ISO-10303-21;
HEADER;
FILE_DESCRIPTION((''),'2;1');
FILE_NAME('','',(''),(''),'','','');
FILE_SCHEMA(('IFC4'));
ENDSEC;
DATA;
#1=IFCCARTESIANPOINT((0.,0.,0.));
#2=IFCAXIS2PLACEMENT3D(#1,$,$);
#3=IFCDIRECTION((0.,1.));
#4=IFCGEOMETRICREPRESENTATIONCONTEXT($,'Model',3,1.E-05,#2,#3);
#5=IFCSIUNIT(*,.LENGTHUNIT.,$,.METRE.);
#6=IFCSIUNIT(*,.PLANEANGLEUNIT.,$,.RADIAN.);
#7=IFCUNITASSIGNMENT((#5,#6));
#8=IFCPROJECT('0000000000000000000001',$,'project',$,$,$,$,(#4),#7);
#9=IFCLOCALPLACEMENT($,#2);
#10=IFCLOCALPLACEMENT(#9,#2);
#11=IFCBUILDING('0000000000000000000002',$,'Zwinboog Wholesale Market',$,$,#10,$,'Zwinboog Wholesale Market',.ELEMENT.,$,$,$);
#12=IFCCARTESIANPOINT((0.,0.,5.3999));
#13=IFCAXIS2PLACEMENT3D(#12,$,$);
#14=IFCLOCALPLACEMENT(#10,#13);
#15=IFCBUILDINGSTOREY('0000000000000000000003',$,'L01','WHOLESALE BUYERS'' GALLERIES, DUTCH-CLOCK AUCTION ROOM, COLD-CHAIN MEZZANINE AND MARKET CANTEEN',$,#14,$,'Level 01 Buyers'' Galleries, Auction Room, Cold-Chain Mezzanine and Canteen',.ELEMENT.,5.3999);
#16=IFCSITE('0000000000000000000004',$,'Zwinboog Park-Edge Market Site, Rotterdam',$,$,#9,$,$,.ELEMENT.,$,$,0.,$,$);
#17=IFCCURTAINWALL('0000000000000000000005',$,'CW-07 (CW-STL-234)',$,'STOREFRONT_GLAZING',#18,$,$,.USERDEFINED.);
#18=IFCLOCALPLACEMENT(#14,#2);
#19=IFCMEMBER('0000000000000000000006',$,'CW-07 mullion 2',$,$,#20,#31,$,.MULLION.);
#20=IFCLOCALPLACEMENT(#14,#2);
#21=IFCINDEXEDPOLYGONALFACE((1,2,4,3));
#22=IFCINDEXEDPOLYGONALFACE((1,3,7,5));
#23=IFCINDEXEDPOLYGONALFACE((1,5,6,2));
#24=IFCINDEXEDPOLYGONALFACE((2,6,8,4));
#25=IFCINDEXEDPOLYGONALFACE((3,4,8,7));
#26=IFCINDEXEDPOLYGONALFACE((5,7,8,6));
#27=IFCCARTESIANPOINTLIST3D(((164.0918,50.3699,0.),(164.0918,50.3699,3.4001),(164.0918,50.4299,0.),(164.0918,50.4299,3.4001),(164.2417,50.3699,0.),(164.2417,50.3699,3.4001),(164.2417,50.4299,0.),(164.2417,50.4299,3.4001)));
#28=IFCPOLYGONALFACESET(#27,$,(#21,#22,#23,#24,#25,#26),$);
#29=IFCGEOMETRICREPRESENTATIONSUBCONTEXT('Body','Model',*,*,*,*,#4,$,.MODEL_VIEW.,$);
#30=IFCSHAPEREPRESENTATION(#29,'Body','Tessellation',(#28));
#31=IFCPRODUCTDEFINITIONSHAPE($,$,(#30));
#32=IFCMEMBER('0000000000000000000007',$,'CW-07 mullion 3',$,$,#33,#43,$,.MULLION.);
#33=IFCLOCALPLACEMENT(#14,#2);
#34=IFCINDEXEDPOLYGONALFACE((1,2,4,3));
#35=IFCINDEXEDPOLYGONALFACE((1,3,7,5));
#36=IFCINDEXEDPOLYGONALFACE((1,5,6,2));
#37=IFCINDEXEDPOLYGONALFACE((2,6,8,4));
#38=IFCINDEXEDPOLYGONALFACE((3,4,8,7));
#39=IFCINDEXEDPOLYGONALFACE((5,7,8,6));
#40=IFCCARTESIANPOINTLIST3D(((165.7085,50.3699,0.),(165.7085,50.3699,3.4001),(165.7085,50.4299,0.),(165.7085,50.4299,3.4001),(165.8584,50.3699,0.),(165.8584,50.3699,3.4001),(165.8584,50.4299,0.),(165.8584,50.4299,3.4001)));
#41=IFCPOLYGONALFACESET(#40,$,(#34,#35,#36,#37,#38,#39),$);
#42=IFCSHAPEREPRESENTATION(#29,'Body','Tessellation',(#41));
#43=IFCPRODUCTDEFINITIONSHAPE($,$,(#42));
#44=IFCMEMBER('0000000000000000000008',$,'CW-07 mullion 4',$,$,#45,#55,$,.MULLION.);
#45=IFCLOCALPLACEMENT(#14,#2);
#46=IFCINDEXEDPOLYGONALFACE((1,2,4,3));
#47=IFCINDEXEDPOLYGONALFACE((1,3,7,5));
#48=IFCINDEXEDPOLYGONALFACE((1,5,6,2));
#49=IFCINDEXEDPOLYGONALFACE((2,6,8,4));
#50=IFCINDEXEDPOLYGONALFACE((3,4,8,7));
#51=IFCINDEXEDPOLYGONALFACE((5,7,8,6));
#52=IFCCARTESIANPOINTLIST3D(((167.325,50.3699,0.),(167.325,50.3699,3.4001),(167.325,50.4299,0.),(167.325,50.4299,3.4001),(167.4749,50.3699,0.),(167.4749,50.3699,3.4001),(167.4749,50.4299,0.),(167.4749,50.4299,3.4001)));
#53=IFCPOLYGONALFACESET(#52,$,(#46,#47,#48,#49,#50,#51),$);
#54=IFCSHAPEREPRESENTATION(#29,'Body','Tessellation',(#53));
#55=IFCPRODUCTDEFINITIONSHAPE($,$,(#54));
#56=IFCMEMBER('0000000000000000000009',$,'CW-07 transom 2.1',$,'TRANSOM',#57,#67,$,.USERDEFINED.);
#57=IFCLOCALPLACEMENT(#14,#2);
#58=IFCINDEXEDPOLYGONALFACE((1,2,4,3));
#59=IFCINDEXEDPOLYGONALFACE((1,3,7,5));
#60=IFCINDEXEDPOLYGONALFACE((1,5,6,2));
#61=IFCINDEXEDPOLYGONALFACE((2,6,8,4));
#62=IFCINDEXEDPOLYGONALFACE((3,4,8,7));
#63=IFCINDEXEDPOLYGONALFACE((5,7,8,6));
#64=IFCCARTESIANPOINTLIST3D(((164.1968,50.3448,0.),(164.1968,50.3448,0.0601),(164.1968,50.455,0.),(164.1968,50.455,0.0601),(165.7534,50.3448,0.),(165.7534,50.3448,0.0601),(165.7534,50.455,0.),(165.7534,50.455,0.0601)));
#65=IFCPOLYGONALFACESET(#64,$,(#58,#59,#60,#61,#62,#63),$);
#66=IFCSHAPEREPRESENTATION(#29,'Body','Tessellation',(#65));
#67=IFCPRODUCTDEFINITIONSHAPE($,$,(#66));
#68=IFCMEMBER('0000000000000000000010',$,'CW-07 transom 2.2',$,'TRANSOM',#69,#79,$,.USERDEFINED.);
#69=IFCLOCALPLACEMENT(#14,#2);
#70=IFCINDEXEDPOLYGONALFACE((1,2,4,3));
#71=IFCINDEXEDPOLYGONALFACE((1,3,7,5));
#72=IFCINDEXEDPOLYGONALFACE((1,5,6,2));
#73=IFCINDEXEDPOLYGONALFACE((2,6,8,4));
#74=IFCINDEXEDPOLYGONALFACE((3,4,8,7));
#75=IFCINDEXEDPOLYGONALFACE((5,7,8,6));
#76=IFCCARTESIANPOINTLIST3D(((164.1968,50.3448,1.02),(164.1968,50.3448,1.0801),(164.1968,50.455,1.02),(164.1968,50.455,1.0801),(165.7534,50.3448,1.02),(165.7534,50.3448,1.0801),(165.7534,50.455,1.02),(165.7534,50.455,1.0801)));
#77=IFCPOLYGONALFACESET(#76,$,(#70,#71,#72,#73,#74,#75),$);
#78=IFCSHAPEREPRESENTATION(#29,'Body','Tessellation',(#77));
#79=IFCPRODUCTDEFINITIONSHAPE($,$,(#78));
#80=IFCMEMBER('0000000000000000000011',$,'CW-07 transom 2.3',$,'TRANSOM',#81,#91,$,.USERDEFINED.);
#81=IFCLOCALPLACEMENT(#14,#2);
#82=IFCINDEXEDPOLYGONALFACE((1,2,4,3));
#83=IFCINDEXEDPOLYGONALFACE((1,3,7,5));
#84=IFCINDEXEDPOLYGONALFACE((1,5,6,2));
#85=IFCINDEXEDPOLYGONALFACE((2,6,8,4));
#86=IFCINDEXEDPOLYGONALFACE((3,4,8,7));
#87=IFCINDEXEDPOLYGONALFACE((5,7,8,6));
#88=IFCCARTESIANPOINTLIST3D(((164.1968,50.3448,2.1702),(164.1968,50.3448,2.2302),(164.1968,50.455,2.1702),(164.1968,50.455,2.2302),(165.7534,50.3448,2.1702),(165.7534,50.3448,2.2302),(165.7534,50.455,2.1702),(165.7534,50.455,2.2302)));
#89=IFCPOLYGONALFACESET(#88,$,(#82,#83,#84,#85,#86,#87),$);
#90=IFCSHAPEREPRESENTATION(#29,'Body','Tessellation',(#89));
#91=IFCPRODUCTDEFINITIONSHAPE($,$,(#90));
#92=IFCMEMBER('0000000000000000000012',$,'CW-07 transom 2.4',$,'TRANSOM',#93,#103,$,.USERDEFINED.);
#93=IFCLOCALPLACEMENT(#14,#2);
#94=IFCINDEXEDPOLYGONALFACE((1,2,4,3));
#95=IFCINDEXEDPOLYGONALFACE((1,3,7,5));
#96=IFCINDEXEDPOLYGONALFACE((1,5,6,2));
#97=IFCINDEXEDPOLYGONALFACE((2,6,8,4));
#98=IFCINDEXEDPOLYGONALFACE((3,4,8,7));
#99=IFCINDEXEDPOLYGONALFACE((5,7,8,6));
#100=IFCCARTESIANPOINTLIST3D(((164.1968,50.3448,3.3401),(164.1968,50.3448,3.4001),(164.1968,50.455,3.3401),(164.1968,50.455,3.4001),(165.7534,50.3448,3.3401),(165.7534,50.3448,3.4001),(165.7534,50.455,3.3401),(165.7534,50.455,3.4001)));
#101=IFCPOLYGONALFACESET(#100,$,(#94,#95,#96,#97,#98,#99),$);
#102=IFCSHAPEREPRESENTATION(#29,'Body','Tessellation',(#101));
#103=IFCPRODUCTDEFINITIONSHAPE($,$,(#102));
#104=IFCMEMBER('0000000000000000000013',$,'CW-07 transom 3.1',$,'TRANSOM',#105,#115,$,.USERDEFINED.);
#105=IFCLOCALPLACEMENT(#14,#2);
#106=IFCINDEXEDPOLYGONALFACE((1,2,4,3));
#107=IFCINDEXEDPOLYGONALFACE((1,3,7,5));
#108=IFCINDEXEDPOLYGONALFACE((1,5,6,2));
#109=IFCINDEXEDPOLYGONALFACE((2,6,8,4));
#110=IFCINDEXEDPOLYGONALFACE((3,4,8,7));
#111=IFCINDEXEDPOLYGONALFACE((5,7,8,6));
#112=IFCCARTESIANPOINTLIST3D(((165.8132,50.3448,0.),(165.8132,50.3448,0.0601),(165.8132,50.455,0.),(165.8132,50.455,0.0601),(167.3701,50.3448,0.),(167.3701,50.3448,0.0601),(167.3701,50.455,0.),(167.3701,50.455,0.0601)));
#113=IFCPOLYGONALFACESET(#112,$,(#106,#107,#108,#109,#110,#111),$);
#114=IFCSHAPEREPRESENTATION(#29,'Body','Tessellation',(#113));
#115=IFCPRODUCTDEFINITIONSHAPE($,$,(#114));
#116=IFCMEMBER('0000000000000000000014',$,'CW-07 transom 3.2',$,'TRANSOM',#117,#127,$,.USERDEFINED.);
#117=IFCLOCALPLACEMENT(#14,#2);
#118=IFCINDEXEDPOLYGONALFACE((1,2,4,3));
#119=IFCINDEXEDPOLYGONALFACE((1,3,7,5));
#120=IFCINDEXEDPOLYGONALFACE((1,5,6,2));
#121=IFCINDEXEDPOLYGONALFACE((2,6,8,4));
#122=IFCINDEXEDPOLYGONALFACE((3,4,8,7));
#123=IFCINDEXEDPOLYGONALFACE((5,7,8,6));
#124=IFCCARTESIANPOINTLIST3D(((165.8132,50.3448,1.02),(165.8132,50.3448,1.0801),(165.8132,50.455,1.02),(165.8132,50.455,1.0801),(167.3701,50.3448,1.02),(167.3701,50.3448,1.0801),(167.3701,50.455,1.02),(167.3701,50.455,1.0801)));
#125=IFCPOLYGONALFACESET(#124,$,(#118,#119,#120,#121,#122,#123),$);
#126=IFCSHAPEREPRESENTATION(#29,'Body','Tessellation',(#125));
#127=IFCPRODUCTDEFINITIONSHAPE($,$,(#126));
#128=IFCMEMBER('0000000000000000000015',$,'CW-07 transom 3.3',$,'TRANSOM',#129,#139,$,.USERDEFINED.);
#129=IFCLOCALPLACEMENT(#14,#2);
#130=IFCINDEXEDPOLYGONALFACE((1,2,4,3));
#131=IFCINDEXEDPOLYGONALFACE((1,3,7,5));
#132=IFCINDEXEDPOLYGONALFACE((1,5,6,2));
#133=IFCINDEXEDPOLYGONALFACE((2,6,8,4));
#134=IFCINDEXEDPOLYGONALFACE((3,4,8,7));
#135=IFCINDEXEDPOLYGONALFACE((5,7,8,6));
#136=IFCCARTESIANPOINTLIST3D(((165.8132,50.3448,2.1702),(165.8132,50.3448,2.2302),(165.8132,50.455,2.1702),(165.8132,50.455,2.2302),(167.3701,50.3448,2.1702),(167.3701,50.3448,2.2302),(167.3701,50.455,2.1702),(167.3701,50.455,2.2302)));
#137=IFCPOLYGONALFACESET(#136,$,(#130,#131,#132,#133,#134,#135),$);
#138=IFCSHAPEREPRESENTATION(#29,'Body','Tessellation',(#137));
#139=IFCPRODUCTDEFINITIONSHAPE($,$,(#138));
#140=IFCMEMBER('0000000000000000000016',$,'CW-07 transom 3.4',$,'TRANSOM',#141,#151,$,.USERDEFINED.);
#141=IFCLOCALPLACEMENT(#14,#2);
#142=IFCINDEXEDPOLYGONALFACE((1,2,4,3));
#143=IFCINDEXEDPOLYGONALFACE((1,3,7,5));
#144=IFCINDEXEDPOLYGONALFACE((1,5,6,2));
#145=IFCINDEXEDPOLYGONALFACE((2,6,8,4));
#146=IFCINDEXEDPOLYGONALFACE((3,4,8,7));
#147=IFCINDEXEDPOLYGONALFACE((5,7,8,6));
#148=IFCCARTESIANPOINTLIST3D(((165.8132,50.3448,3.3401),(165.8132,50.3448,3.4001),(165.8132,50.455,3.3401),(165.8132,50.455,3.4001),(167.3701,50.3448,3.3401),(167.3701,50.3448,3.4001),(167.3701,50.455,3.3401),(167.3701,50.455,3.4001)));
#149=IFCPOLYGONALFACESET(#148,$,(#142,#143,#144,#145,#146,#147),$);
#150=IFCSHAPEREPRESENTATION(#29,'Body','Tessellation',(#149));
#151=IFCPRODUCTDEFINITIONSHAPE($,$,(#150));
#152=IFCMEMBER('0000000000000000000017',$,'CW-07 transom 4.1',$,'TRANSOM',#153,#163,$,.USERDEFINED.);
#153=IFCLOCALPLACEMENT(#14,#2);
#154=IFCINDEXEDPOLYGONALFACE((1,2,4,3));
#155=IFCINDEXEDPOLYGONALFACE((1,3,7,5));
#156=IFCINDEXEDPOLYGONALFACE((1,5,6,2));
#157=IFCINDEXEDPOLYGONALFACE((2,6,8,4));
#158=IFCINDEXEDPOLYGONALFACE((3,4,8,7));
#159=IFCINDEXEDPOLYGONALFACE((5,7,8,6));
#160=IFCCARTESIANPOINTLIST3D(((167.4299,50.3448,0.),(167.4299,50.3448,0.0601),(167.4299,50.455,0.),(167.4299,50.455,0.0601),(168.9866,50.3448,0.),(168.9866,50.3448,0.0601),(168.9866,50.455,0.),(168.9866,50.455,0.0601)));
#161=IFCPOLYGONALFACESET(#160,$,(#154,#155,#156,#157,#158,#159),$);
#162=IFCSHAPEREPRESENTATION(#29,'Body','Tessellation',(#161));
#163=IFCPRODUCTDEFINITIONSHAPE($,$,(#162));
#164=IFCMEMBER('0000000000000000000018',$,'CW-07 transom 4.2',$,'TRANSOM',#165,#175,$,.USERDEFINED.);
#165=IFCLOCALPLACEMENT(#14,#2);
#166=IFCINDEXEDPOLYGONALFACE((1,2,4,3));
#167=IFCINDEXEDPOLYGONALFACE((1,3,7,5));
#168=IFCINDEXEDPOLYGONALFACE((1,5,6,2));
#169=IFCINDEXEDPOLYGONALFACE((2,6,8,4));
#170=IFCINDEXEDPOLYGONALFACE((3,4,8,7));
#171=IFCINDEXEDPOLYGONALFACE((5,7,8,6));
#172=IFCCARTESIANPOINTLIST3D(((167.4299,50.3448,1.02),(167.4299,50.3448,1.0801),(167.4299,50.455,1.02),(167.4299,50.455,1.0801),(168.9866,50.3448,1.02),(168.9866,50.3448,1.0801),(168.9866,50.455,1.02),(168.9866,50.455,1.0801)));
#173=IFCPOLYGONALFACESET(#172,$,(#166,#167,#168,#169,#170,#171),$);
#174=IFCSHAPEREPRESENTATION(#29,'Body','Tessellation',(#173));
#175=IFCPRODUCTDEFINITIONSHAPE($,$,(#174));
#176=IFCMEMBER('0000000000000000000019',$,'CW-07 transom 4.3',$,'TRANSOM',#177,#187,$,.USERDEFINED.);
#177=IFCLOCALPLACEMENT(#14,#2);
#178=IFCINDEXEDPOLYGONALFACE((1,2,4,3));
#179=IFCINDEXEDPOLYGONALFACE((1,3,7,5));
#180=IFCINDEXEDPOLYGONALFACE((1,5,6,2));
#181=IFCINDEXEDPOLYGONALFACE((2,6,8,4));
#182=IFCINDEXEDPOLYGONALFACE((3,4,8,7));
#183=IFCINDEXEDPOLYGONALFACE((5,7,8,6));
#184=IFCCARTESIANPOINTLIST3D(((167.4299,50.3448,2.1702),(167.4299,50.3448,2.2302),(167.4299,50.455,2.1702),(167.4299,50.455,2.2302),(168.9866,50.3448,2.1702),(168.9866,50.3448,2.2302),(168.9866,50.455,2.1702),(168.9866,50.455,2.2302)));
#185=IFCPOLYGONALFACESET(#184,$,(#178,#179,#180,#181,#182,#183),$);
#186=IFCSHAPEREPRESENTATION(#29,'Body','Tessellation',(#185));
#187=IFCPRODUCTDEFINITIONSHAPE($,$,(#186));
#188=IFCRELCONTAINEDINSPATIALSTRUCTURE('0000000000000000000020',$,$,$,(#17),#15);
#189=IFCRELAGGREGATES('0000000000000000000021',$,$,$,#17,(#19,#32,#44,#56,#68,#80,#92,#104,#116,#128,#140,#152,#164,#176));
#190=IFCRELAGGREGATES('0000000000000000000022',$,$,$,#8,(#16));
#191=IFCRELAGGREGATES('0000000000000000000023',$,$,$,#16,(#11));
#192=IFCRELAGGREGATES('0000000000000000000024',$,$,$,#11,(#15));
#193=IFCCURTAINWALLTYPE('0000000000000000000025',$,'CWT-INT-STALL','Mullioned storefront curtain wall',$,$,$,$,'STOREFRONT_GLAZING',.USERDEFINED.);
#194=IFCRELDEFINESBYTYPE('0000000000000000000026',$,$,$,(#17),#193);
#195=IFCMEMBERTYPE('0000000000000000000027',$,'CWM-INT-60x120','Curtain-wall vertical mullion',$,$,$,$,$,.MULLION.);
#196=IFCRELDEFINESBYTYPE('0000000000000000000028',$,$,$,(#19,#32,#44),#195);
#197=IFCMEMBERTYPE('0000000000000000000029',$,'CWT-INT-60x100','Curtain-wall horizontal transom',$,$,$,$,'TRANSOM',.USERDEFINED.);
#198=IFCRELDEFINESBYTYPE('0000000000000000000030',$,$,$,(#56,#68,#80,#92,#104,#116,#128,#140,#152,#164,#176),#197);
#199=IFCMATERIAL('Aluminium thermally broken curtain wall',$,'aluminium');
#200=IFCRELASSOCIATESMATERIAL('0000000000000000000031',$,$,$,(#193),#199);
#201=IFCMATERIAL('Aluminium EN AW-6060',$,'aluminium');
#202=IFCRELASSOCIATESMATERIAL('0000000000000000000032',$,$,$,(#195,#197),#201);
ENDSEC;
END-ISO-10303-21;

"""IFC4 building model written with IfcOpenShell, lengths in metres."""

from ifc_helpers import new_model, si_unit, direction, frame, origin, origin_2d, place, context, subcontext, project, spatial, rectangle, extrude, material, material_profile, profile_set, type_object, element, aggregate, save


model = new_model("IFC4")

# Units and contexts
model_context = context("Model", 3, precision=1e-05, world=origin(), true_north=direction((0.0, 1.0)))
body_context = subcontext(model_context, "Body", "Model", "MODEL_VIEW")
ifc_project = project(units=[si_unit("LENGTHUNIT", "METRE"), si_unit("PLANEANGLEUNIT", "RADIAN")], contexts=[model_context])

# Site, building, storey
site_placement = place(None, origin())
site = spatial("IfcSite", under=ifc_project, at=site_placement, Name="Zwinboog Park-Edge Market Site, Rotterdam", CompositionType="ELEMENT", RefElevation=0.0)
building_placement = place(site_placement, origin())
building = spatial("IfcBuilding", under=site, at=building_placement, Name="Zwinboog Wholesale Market", LongName="Zwinboog Wholesale Market", CompositionType="ELEMENT")
storey_placement = place(building_placement, frame((0.0, 0.0, 5.3999)))
storey = spatial("IfcBuildingStorey", under=building, at=storey_placement, Name="L01", Description="WHOLESALE BUYERS' GALLERIES, DUTCH-CLOCK AUCTION ROOM, COLD-CHAIN MEZZANINE AND MARKET CANTEEN", LongName="Level 01 Buyers' Galleries, Auction Room, Cold-Chain Mezzanine and Canteen", CompositionType="ELEMENT", Elevation=5.3999)

# Curtain wall, members
ifc_material_1 = material(Name="Aluminium thermally broken curtain wall", Category="aluminium")
curtain_wall_type = type_object("IfcCurtainWallType", Name="CWT-INT-STALL", Description="Mullioned storefront curtain wall", ElementType="STOREFRONT_GLAZING", PredefinedType="USERDEFINED", material=ifc_material_1)
curtain_wall_placement = place(storey_placement, origin())
curtain_wall = element("IfcCurtainWall", 1, at=curtain_wall_placement, inside=storey, type_object=curtain_wall_type, Name="CW-07 (CW-STL-234)", ObjectType="STOREFRONT_GLAZING", PredefinedType="USERDEFINED")
ifc_material_2 = material(Name="Aluminium EN AW-6060", Category="aluminium")
ifc_material_profile_1 = material_profile(ifc_material_2, rectangle(XDim=0.0601, YDim=0.1499, at=origin_2d()), Name="AL 60x150")
ifc_profile_set_1 = profile_set([ifc_material_profile_1], Name="Aluminium EN AW-6060")
member_type_1 = type_object("IfcMemberType", Name="CWM-INT-60x120", Description="Curtain-wall vertical mullion", PredefinedType="MULLION", material=ifc_profile_set_1)
member_1_placement = place(storey_placement, frame((164.1667, 50.3999, 0.0), z_axis=(0.0, 0.0, 1.0), x_axis=(0.0, 1.0, 0.0)))
member_1 = element("IfcMember", 2, at=member_1_placement, type_object=member_type_1, Name="CW-07 mullion 2", PredefinedType="MULLION", context=body_context, shape_type="SweptSolid", body=[
    extrude(rectangle(XDim=0.0601, YDim=0.1499, at=origin_2d()), origin(), (0.0, 0.0, 1.0), 3.4001),
])
member_2_placement = place(storey_placement, frame((165.7834, 50.3999, 0.0), z_axis=(0.0, 0.0, 1.0), x_axis=(0.0, 1.0, 0.0)))
member_2 = element("IfcMember", 3, at=member_2_placement, type_object=member_type_1, Name="CW-07 mullion 3", PredefinedType="MULLION", context=body_context, shape_type="SweptSolid", body=[
    extrude(rectangle(XDim=0.0601, YDim=0.1499, at=origin_2d()), origin(), (0.0, 0.0, 1.0), 3.4001),
])
member_3_placement = place(storey_placement, frame((167.3999, 50.3999, 0.0), z_axis=(0.0, 0.0, 1.0), x_axis=(0.0, 1.0, 0.0)))
member_3 = element("IfcMember", 4, at=member_3_placement, type_object=member_type_1, Name="CW-07 mullion 4", PredefinedType="MULLION", context=body_context, shape_type="SweptSolid", body=[
    extrude(rectangle(XDim=0.0601, YDim=0.1499, at=origin_2d()), origin(), (0.0, 0.0, 1.0), 3.4001),
])
ifc_material_profile_2 = material_profile(ifc_material_2, rectangle(XDim=0.1101, YDim=0.0601, at=origin_2d()), Name="AL 60x110")
ifc_profile_set_2 = profile_set([ifc_material_profile_2], Name="Aluminium EN AW-6060")
member_type_2 = type_object("IfcMemberType", Name="CWT-INT-60x100", Description="Curtain-wall horizontal transom", ElementType="TRANSOM", PredefinedType="USERDEFINED", material=ifc_profile_set_2)
member_4_placement = place(storey_placement, frame((164.1968, 50.3999, 0.03), z_axis=(1.0, 0.0, 0.0), x_axis=(0.0, 1.0, 0.0)))
member_4 = element("IfcMember", 5, at=member_4_placement, type_object=member_type_2, Name="CW-07 transom 2.1", ObjectType="TRANSOM", PredefinedType="USERDEFINED", context=body_context, shape_type="SweptSolid", body=[
    extrude(rectangle(XDim=0.1101, YDim=0.0601, at=origin_2d()), origin(), (0.0, 0.0, 1.0), 1.5566),
])
member_5_placement = place(storey_placement, frame((164.1968, 50.3999, 1.05), z_axis=(1.0, 0.0, 0.0), x_axis=(0.0, 1.0, 0.0)))
member_5 = element("IfcMember", 6, at=member_5_placement, type_object=member_type_2, Name="CW-07 transom 2.2", ObjectType="TRANSOM", PredefinedType="USERDEFINED", context=body_context, shape_type="SweptSolid", body=[
    extrude(rectangle(XDim=0.1101, YDim=0.0601, at=origin_2d()), origin(), (0.0, 0.0, 1.0), 1.5566),
])
member_6_placement = place(storey_placement, frame((164.1968, 50.3999, 2.2002), z_axis=(1.0, 0.0, 0.0), x_axis=(0.0, 1.0, 0.0)))
member_6 = element("IfcMember", 7, at=member_6_placement, type_object=member_type_2, Name="CW-07 transom 2.3", ObjectType="TRANSOM", PredefinedType="USERDEFINED", context=body_context, shape_type="SweptSolid", body=[
    extrude(rectangle(XDim=0.1101, YDim=0.0601, at=origin_2d()), origin(), (0.0, 0.0, 1.0), 1.5566),
])
member_7_placement = place(storey_placement, frame((164.1968, 50.3999, 3.3701), z_axis=(1.0, 0.0, 0.0), x_axis=(0.0, 1.0, 0.0)))
member_7 = element("IfcMember", 8, at=member_7_placement, type_object=member_type_2, Name="CW-07 transom 2.4", ObjectType="TRANSOM", PredefinedType="USERDEFINED", context=body_context, shape_type="SweptSolid", body=[
    extrude(rectangle(XDim=0.1101, YDim=0.0601, at=origin_2d()), origin(), (0.0, 0.0, 1.0), 1.5566),
])
member_8_placement = place(storey_placement, frame((165.8132, 50.3999, 0.03), z_axis=(1.0, 0.0, 0.0), x_axis=(0.0, 1.0, 0.0)))
member_8 = element("IfcMember", 9, at=member_8_placement, type_object=member_type_2, Name="CW-07 transom 3.1", ObjectType="TRANSOM", PredefinedType="USERDEFINED", context=body_context, shape_type="SweptSolid", body=[
    extrude(rectangle(XDim=0.1101, YDim=0.0601, at=origin_2d()), origin(), (0.0, 0.0, 1.0), 1.5569),
])
member_9_placement = place(storey_placement, frame((165.8132, 50.3999, 1.05), z_axis=(1.0, 0.0, 0.0), x_axis=(0.0, 1.0, 0.0)))
member_9 = element("IfcMember", 10, at=member_9_placement, type_object=member_type_2, Name="CW-07 transom 3.2", ObjectType="TRANSOM", PredefinedType="USERDEFINED", context=body_context, shape_type="SweptSolid", body=[
    extrude(rectangle(XDim=0.1101, YDim=0.0601, at=origin_2d()), origin(), (0.0, 0.0, 1.0), 1.5569),
])
member_10_placement = place(storey_placement, frame((165.8132, 50.3999, 2.2002), z_axis=(1.0, 0.0, 0.0), x_axis=(0.0, 1.0, 0.0)))
member_10 = element("IfcMember", 11, at=member_10_placement, type_object=member_type_2, Name="CW-07 transom 3.3", ObjectType="TRANSOM", PredefinedType="USERDEFINED", context=body_context, shape_type="SweptSolid", body=[
    extrude(rectangle(XDim=0.1101, YDim=0.0601, at=origin_2d()), origin(), (0.0, 0.0, 1.0), 1.5569),
])
member_11_placement = place(storey_placement, frame((165.8132, 50.3999, 3.3701), z_axis=(1.0, 0.0, 0.0), x_axis=(0.0, 1.0, 0.0)))
member_11 = element("IfcMember", 12, at=member_11_placement, type_object=member_type_2, Name="CW-07 transom 3.4", ObjectType="TRANSOM", PredefinedType="USERDEFINED", context=body_context, shape_type="SweptSolid", body=[
    extrude(rectangle(XDim=0.1101, YDim=0.0601, at=origin_2d()), origin(), (0.0, 0.0, 1.0), 1.5569),
])
member_12_placement = place(storey_placement, frame((167.4299, 50.3999, 0.03), z_axis=(1.0, 0.0, 0.0), x_axis=(0.0, 1.0, 0.0)))
member_12 = element("IfcMember", 13, at=member_12_placement, type_object=member_type_2, Name="CW-07 transom 4.1", ObjectType="TRANSOM", PredefinedType="USERDEFINED", context=body_context, shape_type="SweptSolid", body=[
    extrude(rectangle(XDim=0.1101, YDim=0.0601, at=origin_2d()), origin(), (0.0, 0.0, 1.0), 1.5566),
])
member_13_placement = place(storey_placement, frame((167.4299, 50.3999, 1.05), z_axis=(1.0, 0.0, 0.0), x_axis=(0.0, 1.0, 0.0)))
member_13 = element("IfcMember", 14, at=member_13_placement, type_object=member_type_2, Name="CW-07 transom 4.2", ObjectType="TRANSOM", PredefinedType="USERDEFINED", context=body_context, shape_type="SweptSolid", body=[
    extrude(rectangle(XDim=0.1101, YDim=0.0601, at=origin_2d()), origin(), (0.0, 0.0, 1.0), 1.5566),
])
member_14_placement = place(storey_placement, frame((167.4299, 50.3999, 2.2002), z_axis=(1.0, 0.0, 0.0), x_axis=(0.0, 1.0, 0.0)))
member_14 = element("IfcMember", 15, at=member_14_placement, type_object=member_type_2, Name="CW-07 transom 4.3", ObjectType="TRANSOM", PredefinedType="USERDEFINED", context=body_context, shape_type="SweptSolid", body=[
    extrude(rectangle(XDim=0.1101, YDim=0.0601, at=origin_2d()), origin(), (0.0, 0.0, 1.0), 1.5566),
])
aggregate(curtain_wall, [member_1, member_2, member_3, member_4, member_5, member_6, member_7, member_8, member_9, member_10, member_11, member_12, member_13, member_14])

save(model, "model.ifc")
